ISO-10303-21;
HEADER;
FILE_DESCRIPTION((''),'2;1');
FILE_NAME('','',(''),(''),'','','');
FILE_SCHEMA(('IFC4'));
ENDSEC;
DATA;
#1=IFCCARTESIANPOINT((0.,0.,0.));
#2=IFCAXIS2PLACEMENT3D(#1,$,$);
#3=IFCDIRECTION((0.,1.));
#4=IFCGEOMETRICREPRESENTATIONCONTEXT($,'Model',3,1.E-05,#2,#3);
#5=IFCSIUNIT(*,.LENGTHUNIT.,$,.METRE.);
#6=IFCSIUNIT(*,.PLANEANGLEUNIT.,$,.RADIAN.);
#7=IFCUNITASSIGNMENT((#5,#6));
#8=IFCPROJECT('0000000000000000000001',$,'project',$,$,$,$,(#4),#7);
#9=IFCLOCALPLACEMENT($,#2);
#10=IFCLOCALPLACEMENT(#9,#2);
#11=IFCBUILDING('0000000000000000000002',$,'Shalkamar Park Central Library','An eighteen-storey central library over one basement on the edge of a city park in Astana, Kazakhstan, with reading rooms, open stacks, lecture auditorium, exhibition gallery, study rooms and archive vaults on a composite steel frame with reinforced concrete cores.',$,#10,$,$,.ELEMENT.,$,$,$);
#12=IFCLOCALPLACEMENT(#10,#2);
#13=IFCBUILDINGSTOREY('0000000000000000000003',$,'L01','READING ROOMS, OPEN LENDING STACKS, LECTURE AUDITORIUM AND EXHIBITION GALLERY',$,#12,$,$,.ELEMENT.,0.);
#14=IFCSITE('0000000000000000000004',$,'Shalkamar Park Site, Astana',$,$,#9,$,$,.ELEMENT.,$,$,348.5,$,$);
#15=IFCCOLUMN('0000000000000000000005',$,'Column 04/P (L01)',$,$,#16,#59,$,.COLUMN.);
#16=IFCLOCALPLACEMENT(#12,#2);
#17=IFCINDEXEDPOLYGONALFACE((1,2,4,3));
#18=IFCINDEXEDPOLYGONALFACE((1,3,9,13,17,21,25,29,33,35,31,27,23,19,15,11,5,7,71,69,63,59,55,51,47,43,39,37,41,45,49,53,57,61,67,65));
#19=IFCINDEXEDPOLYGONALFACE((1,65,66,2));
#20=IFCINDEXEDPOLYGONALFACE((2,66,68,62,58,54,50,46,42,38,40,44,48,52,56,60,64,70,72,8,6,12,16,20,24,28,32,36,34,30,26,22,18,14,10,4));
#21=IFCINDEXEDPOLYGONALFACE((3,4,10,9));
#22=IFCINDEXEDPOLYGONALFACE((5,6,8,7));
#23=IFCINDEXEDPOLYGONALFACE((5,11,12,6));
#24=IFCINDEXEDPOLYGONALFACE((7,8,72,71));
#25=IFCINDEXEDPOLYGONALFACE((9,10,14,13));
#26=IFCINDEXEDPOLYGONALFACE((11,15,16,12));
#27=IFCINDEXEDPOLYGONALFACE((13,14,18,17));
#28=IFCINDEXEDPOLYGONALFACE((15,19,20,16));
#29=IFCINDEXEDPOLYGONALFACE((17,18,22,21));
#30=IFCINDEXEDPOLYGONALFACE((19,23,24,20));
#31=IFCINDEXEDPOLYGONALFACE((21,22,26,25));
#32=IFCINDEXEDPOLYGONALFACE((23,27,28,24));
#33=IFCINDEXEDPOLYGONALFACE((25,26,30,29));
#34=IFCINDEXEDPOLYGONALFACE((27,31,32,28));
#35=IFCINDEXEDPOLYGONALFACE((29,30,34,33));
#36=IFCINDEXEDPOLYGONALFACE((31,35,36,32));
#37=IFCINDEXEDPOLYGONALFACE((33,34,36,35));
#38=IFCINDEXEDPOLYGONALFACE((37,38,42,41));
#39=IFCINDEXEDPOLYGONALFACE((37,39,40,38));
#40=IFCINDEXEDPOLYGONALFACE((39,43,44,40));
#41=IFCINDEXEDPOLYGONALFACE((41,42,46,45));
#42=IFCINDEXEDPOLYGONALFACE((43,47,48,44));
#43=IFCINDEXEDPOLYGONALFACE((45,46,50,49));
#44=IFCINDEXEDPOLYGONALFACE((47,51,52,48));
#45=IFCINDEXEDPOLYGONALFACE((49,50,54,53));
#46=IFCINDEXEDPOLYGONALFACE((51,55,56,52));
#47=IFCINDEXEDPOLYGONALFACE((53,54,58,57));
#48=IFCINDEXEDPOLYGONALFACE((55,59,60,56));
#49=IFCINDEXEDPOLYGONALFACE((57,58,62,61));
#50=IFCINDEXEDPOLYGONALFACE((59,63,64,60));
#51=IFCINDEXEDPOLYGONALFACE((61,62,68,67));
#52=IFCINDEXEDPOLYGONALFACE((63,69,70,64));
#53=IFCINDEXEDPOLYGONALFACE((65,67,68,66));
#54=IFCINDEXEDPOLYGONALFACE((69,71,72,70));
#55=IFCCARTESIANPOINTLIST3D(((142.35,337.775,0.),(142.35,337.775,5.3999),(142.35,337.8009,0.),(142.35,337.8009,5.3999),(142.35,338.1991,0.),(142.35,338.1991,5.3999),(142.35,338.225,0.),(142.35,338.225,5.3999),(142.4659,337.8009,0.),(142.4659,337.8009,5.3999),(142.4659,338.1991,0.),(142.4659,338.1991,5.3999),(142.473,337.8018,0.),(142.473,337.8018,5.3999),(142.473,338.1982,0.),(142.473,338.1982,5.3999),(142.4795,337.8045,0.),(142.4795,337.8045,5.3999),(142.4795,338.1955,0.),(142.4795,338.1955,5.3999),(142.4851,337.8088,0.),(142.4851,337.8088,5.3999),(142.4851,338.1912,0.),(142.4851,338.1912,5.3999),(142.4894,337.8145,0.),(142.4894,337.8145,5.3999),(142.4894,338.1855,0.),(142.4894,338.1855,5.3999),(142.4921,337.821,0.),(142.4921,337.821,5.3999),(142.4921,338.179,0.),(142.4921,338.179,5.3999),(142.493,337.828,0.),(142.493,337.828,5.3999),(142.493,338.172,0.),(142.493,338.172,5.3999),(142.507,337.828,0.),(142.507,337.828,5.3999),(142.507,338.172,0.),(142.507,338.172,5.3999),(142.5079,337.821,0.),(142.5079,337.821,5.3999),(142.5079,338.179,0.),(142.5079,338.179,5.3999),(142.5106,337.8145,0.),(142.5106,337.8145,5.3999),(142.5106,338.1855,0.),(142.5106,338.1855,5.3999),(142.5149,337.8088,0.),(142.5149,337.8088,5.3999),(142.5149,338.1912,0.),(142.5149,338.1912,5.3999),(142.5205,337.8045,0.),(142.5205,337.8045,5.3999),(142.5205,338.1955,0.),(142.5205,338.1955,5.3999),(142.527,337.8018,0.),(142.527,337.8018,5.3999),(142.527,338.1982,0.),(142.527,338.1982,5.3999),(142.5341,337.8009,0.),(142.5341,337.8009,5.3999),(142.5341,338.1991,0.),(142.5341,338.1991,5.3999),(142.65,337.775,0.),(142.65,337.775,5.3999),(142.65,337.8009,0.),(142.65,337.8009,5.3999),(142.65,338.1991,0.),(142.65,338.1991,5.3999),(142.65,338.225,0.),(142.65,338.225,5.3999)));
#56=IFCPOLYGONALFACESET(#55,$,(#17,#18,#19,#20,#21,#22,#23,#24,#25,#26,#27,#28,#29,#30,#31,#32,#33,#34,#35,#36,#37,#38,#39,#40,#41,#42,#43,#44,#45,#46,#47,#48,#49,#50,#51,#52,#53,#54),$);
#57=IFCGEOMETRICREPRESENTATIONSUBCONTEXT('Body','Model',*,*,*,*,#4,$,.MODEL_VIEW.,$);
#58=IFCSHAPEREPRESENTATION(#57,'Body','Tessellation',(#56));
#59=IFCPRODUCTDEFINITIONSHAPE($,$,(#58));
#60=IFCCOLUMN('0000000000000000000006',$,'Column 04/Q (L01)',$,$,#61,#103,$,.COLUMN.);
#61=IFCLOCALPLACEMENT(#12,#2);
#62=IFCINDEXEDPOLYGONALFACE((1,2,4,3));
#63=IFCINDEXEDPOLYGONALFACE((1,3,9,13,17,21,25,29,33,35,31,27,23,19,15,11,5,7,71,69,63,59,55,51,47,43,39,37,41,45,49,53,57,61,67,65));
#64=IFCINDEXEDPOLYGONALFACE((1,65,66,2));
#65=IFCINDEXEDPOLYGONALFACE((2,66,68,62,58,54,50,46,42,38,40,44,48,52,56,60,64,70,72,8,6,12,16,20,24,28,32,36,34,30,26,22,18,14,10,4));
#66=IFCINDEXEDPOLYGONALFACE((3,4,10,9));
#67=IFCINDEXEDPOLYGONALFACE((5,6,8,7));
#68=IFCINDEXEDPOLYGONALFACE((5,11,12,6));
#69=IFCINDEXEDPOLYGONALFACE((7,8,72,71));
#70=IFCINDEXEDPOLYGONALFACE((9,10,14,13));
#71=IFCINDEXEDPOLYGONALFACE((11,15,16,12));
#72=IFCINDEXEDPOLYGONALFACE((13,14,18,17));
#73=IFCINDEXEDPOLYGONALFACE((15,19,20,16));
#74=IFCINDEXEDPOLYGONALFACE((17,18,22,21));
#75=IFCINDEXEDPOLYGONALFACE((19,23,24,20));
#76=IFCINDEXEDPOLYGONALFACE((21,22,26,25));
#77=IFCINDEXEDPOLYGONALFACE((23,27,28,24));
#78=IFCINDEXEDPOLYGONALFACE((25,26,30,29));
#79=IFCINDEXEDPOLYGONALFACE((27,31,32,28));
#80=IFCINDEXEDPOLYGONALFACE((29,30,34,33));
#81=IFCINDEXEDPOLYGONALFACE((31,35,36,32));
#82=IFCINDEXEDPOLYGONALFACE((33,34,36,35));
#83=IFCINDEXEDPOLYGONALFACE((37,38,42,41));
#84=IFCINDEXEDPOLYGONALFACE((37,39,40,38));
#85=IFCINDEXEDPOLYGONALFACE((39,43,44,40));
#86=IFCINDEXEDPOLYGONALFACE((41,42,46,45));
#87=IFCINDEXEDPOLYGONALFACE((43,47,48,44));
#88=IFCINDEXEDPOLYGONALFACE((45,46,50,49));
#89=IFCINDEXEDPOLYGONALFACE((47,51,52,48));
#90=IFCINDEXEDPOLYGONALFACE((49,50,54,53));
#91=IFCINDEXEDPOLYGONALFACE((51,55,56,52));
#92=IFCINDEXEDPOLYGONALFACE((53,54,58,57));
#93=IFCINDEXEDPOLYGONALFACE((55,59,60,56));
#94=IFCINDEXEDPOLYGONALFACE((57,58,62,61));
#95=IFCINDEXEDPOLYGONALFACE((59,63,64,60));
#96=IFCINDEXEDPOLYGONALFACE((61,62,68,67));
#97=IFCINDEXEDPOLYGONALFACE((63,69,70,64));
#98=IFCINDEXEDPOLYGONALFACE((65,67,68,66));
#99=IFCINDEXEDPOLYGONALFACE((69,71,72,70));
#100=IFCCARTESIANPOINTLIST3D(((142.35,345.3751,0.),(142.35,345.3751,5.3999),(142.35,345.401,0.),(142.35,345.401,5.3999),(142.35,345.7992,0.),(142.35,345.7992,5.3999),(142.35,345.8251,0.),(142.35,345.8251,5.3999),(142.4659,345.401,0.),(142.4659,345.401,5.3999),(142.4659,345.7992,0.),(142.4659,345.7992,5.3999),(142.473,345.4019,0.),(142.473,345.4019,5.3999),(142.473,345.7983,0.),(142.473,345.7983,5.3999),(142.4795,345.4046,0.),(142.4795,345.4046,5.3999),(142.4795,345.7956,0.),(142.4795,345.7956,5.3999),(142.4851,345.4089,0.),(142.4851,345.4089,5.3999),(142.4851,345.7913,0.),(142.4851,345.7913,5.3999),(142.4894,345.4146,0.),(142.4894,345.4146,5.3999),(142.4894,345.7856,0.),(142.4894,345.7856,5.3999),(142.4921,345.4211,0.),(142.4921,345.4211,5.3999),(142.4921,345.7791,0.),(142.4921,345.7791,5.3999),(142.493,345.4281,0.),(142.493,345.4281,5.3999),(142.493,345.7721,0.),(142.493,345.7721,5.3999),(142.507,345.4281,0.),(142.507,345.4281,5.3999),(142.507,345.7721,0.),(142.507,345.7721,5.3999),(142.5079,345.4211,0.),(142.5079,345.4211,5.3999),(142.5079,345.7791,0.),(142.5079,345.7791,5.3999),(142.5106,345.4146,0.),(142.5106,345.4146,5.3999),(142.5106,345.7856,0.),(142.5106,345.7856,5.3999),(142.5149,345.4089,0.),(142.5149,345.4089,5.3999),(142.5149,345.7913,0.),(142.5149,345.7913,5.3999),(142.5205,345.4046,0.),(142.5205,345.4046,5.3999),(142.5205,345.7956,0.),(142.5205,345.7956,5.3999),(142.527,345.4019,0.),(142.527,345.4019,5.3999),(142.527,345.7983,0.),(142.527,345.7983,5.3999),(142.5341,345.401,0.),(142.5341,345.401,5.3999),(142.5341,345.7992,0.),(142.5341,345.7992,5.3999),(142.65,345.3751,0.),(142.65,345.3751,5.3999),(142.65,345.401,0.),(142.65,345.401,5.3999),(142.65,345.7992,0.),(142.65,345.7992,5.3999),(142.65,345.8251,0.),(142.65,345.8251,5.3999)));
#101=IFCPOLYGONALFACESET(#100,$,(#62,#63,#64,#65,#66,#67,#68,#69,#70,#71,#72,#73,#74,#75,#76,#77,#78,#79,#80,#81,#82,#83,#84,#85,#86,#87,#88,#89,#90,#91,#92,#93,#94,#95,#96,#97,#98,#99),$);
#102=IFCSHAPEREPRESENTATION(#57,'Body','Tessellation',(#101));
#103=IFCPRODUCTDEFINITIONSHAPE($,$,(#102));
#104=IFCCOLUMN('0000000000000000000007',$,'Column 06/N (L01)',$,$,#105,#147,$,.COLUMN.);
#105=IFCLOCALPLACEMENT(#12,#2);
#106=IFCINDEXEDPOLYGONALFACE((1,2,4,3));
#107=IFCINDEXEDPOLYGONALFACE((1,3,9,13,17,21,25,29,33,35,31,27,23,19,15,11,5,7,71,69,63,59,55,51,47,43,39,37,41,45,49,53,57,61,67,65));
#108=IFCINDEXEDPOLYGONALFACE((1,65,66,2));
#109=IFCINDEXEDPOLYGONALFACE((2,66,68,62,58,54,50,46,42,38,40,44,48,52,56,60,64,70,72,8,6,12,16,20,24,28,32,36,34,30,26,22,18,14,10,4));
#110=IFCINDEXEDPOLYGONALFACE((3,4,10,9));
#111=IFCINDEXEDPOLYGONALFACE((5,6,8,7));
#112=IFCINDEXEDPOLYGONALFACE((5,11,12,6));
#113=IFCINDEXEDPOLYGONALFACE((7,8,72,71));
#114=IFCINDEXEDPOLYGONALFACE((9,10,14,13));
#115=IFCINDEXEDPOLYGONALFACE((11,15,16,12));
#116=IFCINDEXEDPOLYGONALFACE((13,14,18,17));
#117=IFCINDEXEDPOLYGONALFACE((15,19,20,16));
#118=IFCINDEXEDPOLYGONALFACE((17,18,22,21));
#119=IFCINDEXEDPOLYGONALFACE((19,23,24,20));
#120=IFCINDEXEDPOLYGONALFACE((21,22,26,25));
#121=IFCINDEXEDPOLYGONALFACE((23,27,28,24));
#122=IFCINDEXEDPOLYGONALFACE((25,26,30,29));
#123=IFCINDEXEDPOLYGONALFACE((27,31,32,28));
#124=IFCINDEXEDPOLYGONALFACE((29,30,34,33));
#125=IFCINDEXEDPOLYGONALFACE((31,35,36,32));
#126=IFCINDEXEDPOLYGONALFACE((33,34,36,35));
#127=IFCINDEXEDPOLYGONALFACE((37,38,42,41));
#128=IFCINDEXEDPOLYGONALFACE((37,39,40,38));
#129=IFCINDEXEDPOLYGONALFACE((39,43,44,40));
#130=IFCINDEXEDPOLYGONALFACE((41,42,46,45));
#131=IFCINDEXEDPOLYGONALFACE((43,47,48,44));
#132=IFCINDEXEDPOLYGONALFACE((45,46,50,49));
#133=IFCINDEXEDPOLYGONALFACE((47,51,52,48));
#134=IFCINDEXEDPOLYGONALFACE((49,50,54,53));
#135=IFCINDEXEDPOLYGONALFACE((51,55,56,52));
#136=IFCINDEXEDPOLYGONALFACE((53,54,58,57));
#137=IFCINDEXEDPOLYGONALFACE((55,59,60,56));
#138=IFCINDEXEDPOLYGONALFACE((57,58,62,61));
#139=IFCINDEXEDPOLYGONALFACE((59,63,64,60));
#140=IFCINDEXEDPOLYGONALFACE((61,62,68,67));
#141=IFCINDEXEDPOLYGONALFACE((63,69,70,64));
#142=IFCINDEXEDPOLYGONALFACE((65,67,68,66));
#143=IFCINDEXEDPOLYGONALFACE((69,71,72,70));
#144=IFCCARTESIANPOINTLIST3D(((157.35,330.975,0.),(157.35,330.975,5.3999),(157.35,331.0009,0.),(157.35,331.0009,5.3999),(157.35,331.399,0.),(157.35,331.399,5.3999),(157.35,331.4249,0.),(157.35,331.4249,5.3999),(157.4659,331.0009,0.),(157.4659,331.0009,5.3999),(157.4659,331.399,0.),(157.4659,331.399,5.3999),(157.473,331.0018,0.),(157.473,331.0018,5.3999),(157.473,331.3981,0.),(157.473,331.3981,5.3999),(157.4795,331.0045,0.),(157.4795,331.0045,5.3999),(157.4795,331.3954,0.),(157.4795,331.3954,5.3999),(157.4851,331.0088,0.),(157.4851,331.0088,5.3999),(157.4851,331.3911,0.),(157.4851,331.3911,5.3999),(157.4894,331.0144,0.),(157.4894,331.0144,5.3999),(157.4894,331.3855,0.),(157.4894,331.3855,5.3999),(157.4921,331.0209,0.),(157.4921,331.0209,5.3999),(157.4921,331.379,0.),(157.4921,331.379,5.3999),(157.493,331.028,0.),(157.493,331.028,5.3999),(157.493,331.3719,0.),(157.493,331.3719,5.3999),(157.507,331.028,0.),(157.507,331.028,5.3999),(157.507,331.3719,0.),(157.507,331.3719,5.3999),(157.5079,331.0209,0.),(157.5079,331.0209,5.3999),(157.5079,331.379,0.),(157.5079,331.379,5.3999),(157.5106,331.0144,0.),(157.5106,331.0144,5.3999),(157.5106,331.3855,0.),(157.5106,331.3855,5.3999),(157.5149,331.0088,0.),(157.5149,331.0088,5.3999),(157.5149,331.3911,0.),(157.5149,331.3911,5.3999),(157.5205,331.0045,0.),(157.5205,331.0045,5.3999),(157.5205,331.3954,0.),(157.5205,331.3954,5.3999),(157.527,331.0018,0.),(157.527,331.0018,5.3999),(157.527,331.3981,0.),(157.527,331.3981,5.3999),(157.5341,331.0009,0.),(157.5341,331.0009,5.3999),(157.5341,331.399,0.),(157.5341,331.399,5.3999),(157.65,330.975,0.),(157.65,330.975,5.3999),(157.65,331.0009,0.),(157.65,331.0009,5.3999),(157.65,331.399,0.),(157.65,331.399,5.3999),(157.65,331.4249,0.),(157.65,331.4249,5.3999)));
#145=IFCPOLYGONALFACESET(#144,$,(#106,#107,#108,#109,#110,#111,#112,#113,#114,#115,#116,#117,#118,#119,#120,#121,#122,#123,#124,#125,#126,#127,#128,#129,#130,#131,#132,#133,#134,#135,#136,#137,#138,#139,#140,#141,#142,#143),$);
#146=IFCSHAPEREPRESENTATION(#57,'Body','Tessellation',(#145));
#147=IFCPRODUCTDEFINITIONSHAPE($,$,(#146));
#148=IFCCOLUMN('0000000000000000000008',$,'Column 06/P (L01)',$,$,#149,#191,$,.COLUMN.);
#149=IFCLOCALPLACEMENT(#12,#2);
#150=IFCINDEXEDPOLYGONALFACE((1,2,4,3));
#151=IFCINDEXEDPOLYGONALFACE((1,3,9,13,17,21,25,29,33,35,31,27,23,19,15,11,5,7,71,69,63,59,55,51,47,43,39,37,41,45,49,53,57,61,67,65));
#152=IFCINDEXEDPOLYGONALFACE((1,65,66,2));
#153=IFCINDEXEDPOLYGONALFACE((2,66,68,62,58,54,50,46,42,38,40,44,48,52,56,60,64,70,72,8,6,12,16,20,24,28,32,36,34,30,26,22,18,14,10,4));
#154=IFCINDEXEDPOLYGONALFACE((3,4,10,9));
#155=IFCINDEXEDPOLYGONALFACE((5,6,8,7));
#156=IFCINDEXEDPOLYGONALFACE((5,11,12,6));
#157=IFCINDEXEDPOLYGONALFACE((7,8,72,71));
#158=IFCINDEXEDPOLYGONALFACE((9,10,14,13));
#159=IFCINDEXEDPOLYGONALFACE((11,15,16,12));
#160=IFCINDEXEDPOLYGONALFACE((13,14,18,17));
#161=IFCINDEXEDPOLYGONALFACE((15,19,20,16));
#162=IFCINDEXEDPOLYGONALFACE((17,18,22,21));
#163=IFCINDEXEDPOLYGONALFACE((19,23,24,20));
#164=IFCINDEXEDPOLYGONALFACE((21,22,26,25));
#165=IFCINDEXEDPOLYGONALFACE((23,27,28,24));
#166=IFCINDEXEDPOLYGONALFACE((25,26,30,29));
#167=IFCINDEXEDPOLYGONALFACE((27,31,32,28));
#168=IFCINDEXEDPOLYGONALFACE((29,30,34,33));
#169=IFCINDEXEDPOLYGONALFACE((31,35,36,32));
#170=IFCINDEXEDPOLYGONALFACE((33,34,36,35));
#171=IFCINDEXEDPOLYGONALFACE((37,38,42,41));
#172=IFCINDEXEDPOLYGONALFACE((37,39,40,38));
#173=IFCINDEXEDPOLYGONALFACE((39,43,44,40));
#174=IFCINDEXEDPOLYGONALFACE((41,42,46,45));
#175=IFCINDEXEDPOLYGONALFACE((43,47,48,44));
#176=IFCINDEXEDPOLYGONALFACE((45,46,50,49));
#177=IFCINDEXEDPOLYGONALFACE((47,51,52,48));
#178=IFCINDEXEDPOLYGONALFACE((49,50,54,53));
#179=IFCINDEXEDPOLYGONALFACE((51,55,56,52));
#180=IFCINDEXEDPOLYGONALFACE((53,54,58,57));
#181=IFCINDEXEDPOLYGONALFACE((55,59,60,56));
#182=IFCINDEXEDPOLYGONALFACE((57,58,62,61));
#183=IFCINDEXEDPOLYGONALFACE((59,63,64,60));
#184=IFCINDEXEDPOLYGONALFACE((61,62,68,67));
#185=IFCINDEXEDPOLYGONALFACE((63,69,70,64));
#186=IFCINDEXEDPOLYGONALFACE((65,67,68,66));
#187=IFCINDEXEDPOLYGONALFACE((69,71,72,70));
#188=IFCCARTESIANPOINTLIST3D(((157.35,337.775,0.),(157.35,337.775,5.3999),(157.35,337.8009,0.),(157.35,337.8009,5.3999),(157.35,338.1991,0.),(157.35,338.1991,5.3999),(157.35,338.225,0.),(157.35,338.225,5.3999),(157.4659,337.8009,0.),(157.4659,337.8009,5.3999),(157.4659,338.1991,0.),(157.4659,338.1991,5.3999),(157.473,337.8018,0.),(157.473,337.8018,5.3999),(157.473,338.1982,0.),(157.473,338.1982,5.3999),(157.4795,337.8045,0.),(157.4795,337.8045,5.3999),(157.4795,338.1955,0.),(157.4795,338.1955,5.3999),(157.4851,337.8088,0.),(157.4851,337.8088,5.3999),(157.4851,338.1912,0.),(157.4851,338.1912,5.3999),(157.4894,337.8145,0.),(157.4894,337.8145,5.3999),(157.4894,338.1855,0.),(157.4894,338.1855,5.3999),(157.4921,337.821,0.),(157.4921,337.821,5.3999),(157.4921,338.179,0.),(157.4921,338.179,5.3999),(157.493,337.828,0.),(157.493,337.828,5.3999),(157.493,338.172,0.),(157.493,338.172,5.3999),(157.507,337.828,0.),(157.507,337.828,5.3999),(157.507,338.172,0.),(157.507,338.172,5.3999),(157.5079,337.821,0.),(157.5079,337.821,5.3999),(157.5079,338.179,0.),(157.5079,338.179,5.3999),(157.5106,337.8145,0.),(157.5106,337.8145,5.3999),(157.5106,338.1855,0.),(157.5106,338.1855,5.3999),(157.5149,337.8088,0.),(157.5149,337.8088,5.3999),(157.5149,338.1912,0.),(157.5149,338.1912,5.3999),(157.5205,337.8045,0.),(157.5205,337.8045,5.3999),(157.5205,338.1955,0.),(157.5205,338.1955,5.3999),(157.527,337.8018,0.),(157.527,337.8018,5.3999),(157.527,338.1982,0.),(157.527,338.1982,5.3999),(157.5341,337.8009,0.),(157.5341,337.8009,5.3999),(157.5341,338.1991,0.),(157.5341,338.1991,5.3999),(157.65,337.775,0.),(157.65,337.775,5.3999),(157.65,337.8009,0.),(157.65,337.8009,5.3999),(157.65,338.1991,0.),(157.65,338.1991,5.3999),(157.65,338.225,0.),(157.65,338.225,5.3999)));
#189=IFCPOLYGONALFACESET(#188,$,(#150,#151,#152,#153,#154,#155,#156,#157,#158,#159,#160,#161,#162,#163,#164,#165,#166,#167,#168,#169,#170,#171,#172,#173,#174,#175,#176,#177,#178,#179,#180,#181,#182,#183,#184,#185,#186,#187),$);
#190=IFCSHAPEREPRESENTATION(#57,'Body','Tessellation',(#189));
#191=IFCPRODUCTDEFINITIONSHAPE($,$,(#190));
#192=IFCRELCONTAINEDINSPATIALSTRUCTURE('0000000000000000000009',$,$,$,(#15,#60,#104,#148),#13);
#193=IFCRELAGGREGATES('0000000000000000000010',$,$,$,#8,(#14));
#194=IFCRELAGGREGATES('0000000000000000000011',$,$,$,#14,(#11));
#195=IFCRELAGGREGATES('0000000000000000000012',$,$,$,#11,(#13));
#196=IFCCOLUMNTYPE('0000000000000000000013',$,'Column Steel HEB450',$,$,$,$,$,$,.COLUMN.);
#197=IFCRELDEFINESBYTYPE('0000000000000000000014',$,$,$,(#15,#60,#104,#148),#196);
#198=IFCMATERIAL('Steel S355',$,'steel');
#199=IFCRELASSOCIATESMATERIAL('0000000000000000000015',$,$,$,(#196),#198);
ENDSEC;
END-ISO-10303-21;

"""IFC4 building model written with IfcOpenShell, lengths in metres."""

from ifc_helpers import new_model, si_unit, direction, frame, origin, origin_2d, place, context, subcontext, project, spatial, i_section, extrude, material, material_profile, profile_set, type_object, element, save


model = new_model("IFC4")

# Units and contexts
model_context = context("Model", 3, precision=1e-05, world=origin(), true_north=direction((0.0, 1.0)))
body_context = subcontext(model_context, "Body", "Model", "MODEL_VIEW")
ifc_project = project(units=[si_unit("LENGTHUNIT", "METRE"), si_unit("PLANEANGLEUNIT", "RADIAN")], contexts=[model_context])

# Site, building, storey
site_placement = place(None, origin())
site = spatial("IfcSite", under=ifc_project, at=site_placement, Name="Shalkamar Park Site, Astana", CompositionType="ELEMENT", RefElevation=348.5)
building_placement = place(site_placement, origin())
building = spatial("IfcBuilding", under=site, at=building_placement, Name="Shalkamar Park Central Library", Description="An eighteen-storey central library over one basement on the edge of a city park in Astana, Kazakhstan, with reading rooms, open stacks, lecture auditorium, exhibition gallery, study rooms and archive vaults on a composite steel frame with reinforced concrete cores.", CompositionType="ELEMENT")
storey_placement = place(building_placement, origin())
storey = spatial("IfcBuildingStorey", under=building, at=storey_placement, Name="L01", Description="READING ROOMS, OPEN LENDING STACKS, LECTURE AUDITORIUM AND EXHIBITION GALLERY", CompositionType="ELEMENT", Elevation=0.0)

# Columns
ifc_material_1 = material(Name="Steel S355", Category="steel")
ifc_material_profile_1 = material_profile(ifc_material_1, i_section(OverallWidth=0.3, OverallDepth=0.45, WebThickness=0.0139, FlangeThickness=0.0259, FilletRadius=0.0271, at=origin_2d()), Name="HEB 450")
ifc_profile_set_1 = profile_set([ifc_material_profile_1], Name="Steel S355")
column_type_1 = type_object("IfcColumnType", Name="Column Steel HEB450", PredefinedType="COLUMN", material=ifc_profile_set_1)
for number, where, z_axis, x_axis, name in (
    (1, (142.5, 338.0, 0.0), (0.0, 0.0, 1.0), (1.0, 0.0, 0.0), "Column 04/P (L01)"),
    (2, (142.5, 345.6001, 0.0), (0.0, 0.0, 1.0), (1.0, 0.0, 0.0), "Column 04/Q (L01)"),
    (3, (157.5, 331.2, 0.0), (0.0, 0.0, 1.0), (1.0, 0.0, 0.0), "Column 06/N (L01)"),
    (4, (157.5, 338.0, 0.0), (0.0, 0.0, 1.0), (1.0, 0.0, 0.0), "Column 06/P (L01)"),
):
    element("IfcColumn", number, at=place(storey_placement, frame(where, z_axis=z_axis, x_axis=x_axis)), inside=storey, type_object=column_type_1, Name=name, PredefinedType="COLUMN", context=body_context, shape_type="SweptSolid", body=[
        extrude(i_section(OverallWidth=0.3, OverallDepth=0.45, WebThickness=0.0139, FlangeThickness=0.0259, FilletRadius=0.0271, at=origin_2d()), origin(), (0.0, 0.0, 1.0), 5.3999),
    ])

save(model, "model.ifc")
